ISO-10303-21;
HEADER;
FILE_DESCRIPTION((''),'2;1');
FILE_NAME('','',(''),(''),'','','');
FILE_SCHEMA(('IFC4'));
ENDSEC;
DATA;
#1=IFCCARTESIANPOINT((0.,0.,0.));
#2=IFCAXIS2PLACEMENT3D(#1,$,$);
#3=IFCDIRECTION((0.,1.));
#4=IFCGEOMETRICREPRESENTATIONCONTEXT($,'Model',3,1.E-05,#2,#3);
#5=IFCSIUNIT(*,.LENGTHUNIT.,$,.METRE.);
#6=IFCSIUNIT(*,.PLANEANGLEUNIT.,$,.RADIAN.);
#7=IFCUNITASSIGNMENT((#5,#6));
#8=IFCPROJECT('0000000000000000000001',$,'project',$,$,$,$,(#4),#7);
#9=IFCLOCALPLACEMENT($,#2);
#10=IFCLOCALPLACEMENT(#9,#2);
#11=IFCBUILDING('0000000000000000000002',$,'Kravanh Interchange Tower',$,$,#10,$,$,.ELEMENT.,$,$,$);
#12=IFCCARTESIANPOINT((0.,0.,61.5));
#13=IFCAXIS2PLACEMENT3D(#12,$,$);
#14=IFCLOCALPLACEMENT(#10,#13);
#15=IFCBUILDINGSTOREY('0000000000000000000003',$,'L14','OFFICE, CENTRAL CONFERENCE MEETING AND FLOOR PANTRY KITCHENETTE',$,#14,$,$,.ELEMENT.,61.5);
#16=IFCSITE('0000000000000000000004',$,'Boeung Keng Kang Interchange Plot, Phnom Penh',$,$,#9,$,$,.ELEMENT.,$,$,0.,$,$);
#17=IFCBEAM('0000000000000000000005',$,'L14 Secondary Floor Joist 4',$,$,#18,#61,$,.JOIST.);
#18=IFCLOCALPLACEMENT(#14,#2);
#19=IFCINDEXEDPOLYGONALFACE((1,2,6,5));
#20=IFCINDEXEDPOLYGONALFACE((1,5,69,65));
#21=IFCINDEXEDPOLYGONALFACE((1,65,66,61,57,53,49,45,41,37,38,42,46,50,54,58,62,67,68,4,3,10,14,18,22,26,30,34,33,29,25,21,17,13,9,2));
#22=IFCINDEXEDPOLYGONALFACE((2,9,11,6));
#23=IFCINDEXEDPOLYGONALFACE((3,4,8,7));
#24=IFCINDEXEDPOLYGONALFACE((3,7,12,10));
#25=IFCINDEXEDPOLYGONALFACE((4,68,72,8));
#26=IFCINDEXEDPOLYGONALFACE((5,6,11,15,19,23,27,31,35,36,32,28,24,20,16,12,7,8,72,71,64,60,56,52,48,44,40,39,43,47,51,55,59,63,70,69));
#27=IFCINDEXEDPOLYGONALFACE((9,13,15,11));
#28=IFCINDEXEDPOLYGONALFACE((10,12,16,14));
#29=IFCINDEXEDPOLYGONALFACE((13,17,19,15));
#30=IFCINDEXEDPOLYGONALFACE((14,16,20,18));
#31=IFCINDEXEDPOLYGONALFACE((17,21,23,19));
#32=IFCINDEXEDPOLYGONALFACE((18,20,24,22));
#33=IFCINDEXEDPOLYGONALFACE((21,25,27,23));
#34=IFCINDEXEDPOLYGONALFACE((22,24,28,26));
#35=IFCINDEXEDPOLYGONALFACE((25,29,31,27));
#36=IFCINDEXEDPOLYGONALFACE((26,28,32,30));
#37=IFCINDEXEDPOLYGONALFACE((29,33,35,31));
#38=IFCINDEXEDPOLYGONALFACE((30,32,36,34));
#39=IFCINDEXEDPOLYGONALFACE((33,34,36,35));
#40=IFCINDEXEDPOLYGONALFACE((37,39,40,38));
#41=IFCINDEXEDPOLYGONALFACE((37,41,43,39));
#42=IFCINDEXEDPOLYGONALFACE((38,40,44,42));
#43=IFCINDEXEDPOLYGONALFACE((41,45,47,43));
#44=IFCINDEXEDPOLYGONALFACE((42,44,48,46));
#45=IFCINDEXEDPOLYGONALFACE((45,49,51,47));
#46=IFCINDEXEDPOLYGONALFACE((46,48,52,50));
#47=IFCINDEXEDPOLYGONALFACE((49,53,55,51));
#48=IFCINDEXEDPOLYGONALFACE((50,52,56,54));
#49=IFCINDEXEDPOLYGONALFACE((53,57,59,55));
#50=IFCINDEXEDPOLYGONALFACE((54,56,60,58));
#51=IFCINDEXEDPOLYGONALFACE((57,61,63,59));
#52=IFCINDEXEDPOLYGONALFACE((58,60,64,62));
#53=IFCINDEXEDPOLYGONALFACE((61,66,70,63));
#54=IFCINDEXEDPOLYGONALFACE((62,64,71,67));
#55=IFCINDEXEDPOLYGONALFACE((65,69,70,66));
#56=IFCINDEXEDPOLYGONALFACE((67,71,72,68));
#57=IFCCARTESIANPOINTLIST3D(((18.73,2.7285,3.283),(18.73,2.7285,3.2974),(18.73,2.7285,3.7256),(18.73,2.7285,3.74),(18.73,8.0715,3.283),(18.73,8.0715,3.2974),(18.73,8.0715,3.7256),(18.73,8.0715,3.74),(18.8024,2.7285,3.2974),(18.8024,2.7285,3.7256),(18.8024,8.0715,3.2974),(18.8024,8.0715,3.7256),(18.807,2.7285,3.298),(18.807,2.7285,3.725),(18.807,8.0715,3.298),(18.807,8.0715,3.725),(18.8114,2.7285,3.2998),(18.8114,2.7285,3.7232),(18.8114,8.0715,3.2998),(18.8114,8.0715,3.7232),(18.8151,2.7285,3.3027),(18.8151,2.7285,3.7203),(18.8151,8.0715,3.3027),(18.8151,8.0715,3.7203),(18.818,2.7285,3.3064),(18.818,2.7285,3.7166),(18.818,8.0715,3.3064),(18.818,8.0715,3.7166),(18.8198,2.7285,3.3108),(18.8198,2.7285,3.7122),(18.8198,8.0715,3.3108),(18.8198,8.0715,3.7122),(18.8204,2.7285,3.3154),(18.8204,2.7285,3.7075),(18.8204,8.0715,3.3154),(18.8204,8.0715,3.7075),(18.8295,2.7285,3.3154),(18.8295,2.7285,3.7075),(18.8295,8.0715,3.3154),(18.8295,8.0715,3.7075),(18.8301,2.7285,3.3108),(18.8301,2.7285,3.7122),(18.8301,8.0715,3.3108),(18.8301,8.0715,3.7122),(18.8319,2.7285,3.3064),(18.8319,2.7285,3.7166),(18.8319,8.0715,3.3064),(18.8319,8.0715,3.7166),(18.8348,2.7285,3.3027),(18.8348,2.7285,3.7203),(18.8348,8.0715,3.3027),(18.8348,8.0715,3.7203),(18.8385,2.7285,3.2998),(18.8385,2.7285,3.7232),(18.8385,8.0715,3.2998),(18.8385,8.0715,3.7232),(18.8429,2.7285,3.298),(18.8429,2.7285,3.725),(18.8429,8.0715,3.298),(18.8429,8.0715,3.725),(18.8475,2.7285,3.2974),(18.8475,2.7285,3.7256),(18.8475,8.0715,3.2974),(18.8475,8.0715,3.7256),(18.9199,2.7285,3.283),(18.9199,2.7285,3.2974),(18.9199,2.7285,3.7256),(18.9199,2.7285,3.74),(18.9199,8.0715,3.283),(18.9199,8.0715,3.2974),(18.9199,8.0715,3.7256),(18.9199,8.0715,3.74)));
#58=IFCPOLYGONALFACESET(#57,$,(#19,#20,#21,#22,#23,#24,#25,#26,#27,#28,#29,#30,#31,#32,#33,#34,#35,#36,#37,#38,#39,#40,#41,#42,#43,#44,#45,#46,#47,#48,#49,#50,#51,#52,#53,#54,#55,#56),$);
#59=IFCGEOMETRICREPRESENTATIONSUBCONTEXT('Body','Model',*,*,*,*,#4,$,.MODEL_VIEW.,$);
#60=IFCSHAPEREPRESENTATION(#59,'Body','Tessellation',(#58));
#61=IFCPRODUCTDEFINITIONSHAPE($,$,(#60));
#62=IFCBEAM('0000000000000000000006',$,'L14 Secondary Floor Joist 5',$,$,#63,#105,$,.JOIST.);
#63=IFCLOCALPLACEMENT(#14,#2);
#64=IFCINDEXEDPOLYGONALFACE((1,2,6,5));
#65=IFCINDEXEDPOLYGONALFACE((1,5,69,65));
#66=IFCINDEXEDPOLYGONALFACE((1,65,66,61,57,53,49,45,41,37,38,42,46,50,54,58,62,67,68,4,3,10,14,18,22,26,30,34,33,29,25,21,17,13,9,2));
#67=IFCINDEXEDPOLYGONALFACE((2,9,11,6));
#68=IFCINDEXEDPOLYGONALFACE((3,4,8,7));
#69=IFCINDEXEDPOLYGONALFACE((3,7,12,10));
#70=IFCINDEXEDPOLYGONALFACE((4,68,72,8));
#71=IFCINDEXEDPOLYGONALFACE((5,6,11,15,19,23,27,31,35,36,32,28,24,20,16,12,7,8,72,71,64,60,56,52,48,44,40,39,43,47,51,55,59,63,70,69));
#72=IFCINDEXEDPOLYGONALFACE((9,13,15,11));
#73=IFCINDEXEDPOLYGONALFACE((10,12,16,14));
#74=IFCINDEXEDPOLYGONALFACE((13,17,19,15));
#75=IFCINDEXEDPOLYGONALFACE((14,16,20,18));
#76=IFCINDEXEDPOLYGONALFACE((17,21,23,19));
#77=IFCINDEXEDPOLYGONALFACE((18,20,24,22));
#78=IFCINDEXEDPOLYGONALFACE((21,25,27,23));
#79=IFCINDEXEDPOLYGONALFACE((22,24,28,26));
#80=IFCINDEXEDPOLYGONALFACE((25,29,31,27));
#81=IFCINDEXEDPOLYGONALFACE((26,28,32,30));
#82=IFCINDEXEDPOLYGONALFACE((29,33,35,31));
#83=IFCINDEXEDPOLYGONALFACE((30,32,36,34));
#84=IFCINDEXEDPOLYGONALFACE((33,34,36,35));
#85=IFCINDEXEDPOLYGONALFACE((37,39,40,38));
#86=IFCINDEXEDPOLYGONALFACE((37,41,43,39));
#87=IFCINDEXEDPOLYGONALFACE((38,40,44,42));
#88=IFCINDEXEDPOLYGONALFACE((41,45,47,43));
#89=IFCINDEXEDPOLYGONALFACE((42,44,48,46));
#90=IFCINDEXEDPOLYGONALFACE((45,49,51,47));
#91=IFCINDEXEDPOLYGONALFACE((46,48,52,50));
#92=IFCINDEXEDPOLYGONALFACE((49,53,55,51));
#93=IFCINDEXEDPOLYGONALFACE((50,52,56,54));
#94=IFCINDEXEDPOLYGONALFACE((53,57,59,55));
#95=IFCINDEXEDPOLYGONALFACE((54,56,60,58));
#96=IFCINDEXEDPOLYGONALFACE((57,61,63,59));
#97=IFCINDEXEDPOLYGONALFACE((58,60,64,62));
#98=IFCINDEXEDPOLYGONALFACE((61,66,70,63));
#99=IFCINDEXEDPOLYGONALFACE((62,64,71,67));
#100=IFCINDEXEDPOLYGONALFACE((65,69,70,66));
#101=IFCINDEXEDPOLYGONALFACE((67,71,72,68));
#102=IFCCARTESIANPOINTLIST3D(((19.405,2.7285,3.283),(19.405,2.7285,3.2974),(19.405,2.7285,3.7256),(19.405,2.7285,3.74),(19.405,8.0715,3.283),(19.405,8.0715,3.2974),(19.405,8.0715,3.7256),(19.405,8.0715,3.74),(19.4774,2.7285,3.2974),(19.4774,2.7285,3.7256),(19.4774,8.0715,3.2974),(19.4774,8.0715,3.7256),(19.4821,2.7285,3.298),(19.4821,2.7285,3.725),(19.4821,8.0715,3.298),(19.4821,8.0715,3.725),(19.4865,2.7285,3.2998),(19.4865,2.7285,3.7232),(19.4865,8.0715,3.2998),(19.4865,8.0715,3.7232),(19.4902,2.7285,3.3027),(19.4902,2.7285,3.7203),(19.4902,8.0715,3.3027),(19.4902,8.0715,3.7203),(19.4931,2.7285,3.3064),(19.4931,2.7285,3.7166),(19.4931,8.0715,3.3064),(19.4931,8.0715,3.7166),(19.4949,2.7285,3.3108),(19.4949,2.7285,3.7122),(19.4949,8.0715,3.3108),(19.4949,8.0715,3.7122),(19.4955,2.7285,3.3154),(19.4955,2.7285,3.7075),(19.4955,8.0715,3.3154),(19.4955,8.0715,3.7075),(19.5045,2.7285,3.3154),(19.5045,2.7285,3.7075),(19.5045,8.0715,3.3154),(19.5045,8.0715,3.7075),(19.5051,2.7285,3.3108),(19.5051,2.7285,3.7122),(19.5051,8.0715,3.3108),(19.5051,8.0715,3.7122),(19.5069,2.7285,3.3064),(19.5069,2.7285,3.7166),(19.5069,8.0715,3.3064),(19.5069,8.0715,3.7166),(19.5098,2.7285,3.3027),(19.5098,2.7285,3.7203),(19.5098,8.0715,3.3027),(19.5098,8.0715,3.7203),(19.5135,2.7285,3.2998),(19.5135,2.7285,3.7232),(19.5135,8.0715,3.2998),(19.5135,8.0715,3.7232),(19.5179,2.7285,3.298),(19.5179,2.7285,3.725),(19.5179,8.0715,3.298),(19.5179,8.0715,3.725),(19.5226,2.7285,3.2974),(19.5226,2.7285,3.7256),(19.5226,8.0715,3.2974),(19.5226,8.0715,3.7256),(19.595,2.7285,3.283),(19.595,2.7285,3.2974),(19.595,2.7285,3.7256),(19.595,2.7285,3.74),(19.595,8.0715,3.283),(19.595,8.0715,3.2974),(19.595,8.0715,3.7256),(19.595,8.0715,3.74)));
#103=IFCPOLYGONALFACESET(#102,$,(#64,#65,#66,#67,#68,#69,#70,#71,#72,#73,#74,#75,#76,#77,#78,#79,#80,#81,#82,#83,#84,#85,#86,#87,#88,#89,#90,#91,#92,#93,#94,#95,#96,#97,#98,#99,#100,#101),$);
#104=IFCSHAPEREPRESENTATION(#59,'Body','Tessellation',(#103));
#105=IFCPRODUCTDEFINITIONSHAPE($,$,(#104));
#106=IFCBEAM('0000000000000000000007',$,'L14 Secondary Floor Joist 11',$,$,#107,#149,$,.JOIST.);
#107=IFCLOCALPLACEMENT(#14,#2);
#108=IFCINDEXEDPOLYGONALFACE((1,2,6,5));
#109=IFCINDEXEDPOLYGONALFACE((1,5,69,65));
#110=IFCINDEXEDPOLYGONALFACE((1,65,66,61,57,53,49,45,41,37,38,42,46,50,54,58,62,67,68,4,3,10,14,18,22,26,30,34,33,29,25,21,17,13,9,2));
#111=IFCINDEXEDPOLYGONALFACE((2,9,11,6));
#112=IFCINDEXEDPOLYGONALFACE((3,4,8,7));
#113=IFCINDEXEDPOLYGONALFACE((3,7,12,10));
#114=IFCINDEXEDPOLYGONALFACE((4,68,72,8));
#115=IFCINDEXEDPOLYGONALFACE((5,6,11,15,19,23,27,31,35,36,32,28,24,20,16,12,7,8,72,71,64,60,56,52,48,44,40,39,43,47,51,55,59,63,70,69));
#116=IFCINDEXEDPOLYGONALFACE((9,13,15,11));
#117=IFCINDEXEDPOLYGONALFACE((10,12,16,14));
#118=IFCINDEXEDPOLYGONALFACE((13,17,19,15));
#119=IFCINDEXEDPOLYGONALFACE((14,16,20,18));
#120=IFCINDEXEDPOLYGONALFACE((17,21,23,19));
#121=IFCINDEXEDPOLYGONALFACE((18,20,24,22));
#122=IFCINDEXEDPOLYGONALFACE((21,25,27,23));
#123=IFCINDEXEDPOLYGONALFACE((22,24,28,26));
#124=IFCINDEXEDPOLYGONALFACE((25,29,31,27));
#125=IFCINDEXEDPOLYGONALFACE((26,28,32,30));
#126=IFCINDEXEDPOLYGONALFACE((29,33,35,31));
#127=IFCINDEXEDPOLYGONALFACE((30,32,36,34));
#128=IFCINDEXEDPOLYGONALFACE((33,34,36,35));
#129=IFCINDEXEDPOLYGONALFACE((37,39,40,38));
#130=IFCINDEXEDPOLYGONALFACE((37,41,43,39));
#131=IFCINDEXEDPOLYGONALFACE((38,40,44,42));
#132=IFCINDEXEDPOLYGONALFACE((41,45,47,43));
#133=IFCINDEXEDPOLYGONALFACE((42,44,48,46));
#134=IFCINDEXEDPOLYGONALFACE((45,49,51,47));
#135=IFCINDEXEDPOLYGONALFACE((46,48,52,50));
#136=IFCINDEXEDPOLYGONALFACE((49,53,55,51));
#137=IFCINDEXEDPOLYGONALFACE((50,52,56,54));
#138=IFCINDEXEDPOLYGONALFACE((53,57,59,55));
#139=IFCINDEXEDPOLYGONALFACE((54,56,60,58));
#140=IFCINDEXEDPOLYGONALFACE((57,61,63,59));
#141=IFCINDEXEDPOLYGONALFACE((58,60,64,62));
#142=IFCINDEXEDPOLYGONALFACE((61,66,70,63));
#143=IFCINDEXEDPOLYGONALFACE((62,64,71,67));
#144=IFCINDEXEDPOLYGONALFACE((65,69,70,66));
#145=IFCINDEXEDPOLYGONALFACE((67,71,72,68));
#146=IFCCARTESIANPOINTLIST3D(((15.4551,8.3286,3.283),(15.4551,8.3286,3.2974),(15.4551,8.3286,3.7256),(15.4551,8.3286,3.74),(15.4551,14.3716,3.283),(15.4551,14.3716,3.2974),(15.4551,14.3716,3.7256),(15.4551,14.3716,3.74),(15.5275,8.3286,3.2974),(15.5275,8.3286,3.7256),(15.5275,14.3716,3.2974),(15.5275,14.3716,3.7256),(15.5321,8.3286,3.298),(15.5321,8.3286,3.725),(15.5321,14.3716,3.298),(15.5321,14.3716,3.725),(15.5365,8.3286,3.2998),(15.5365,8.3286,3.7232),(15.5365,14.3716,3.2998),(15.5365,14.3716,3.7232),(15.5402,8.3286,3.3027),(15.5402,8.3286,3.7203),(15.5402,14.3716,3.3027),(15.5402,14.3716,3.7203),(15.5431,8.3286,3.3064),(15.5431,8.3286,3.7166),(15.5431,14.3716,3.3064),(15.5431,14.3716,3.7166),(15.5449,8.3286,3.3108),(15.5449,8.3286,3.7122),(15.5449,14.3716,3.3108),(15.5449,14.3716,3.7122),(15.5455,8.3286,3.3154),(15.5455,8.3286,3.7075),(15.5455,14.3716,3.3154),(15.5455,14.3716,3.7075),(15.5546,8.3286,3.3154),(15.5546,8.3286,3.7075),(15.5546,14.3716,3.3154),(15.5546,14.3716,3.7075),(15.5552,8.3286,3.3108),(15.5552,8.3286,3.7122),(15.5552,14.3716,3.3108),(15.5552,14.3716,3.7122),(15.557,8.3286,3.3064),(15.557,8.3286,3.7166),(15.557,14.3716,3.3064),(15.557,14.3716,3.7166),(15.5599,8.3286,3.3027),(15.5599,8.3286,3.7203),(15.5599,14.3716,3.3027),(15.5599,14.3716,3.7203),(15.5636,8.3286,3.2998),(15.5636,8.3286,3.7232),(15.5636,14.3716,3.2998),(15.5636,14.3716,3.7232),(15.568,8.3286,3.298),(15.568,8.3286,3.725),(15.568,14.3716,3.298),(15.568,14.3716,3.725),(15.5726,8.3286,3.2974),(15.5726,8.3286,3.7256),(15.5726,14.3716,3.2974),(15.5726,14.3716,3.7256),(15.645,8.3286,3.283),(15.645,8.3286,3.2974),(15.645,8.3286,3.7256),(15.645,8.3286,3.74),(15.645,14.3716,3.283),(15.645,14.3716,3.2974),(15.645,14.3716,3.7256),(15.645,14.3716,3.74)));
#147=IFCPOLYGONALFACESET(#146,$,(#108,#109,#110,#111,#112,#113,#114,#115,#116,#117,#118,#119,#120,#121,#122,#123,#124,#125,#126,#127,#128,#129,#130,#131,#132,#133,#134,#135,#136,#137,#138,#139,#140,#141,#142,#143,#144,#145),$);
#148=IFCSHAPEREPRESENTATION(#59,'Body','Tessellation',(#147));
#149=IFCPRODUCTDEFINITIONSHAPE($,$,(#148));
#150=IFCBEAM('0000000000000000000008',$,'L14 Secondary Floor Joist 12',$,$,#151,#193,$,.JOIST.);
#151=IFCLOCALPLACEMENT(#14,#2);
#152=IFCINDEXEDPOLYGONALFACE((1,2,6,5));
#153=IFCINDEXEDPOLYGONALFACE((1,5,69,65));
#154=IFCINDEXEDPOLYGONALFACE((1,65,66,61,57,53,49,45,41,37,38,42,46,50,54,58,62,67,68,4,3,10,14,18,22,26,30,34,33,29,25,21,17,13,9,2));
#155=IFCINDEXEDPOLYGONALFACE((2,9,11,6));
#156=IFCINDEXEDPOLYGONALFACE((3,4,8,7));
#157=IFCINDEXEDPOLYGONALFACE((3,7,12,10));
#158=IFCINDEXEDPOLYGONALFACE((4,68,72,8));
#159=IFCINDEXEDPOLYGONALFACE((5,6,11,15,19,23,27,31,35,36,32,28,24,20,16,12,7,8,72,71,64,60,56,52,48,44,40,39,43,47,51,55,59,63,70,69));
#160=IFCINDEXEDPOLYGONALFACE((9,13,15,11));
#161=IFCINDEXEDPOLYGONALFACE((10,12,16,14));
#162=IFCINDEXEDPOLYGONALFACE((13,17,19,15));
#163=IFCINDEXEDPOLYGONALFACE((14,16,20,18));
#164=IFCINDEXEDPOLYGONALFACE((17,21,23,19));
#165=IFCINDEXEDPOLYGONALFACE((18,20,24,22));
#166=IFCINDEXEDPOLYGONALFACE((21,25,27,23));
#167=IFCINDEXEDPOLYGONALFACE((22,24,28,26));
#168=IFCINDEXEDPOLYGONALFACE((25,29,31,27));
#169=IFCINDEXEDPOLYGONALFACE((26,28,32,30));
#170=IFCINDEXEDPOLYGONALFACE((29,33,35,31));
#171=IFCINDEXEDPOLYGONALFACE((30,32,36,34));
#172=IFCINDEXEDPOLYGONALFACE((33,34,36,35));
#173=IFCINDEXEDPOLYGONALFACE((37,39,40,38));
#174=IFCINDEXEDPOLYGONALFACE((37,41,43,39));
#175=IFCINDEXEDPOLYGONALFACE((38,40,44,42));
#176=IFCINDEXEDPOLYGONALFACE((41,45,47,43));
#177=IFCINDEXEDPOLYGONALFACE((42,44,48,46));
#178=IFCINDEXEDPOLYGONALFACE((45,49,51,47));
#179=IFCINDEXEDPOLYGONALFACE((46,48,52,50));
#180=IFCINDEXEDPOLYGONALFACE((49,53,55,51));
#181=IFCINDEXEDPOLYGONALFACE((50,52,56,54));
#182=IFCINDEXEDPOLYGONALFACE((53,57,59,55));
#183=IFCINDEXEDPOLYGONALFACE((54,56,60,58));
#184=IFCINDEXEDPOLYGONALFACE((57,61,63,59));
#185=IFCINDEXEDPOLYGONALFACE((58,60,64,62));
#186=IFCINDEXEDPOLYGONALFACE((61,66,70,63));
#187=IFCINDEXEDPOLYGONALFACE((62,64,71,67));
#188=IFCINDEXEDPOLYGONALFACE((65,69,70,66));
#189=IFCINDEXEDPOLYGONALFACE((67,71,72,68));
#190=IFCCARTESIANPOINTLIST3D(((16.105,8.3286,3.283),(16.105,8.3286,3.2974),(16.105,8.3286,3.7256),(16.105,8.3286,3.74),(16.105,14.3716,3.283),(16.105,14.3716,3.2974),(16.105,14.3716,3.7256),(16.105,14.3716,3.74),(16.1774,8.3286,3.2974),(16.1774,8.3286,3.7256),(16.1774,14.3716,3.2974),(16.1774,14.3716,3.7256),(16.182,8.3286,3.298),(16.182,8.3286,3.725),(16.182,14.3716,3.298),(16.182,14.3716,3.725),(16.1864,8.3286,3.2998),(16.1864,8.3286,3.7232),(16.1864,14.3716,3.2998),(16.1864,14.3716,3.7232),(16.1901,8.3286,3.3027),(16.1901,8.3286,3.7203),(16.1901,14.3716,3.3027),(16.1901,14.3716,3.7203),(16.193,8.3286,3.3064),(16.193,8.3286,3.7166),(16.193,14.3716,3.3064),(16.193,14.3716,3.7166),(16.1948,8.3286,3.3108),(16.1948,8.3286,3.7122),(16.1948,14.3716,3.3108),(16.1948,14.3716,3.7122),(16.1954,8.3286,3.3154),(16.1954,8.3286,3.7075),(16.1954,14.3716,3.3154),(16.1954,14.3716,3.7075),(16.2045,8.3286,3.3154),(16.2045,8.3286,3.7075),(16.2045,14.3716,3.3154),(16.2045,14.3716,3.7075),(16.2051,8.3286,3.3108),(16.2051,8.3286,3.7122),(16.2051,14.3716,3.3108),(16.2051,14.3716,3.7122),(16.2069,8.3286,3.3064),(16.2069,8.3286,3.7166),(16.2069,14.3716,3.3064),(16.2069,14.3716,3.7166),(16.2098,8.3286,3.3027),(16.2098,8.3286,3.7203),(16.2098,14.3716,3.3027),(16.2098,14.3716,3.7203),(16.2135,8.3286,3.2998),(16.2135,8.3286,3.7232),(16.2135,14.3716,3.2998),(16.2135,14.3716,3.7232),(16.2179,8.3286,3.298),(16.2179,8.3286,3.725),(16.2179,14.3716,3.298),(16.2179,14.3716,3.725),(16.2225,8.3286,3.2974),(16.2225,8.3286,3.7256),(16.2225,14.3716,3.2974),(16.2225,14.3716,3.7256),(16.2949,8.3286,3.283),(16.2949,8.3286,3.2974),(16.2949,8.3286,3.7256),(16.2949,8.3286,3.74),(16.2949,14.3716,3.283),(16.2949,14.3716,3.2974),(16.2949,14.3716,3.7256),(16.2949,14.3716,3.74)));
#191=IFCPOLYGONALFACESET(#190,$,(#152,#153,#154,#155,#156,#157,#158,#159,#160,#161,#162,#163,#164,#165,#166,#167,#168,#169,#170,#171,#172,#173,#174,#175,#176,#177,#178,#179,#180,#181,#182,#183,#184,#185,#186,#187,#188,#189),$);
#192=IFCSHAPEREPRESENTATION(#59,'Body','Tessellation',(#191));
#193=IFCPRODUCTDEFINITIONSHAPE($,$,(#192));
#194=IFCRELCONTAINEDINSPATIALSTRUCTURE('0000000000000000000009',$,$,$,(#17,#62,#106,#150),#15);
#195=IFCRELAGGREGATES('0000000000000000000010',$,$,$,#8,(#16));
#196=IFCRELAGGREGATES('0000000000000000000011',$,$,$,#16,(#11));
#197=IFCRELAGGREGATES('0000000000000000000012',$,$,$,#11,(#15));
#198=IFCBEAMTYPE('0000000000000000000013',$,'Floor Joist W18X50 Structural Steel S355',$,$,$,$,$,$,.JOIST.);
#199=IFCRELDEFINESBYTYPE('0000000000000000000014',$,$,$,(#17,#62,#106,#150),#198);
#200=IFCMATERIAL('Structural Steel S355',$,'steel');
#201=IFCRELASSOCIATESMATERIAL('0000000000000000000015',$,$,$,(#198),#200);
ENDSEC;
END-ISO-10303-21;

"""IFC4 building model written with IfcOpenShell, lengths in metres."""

from ifc_helpers import new_model, si_unit, direction, frame, origin, origin_2d, place, context, subcontext, project, spatial, i_section, extrude, material, material_profile, profile_set, type_object, element, save


model = new_model("IFC4")

# Units and contexts
model_context = context("Model", 3, precision=1e-05, world=origin(), true_north=direction((0.0, 1.0)))
body_context = subcontext(model_context, "Body", "Model", "MODEL_VIEW")
ifc_project = project(units=[si_unit("LENGTHUNIT", "METRE"), si_unit("PLANEANGLEUNIT", "RADIAN")], contexts=[model_context])

# Site, building, storey
site_placement = place(None, origin())
site = spatial("IfcSite", under=ifc_project, at=site_placement, Name="Boeung Keng Kang Interchange Plot, Phnom Penh", CompositionType="ELEMENT", RefElevation=0.0)
building_placement = place(site_placement, origin())
building = spatial("IfcBuilding", under=site, at=building_placement, Name="Kravanh Interchange Tower", CompositionType="ELEMENT")
storey_placement = place(building_placement, frame((0.0, 0.0, 61.5)))
storey = spatial("IfcBuildingStorey", under=building, at=storey_placement, Name="L14", Description="OFFICE, CENTRAL CONFERENCE MEETING AND FLOOR PANTRY KITCHENETTE", CompositionType="ELEMENT", Elevation=61.5)

# Beams
ifc_material_1 = material(Name="Structural Steel S355", Category="steel")
ifc_material_profile_1 = material_profile(ifc_material_1, i_section(OverallWidth=0.1899, OverallDepth=0.457, WebThickness=0.009, FlangeThickness=0.0144, FilletRadius=0.0181, at=origin_2d()), Name="W18X50")
ifc_profile_set_1 = profile_set([ifc_material_profile_1], Name="Structural Steel S355")
beam_type_1 = type_object("IfcBeamType", Name="Floor Joist W18X50 Structural Steel S355", PredefinedType="JOIST", material=ifc_profile_set_1)
for number, where, z_axis, x_axis, name in (
    (1, (18.825, 2.7285, 3.5115), (0.0, 1.0, 0.0), (-1.0, 0.0, 0.0), "L14 Secondary Floor Joist 4"),
    (2, (19.5, 2.7285, 3.5115), (0.0, 1.0, 0.0), (-1.0, 0.0, 0.0), "L14 Secondary Floor Joist 5"),
):
    element("IfcBeam", number, at=place(storey_placement, frame(where, z_axis=z_axis, x_axis=x_axis)), inside=storey, type_object=beam_type_1, Name=name, PredefinedType="JOIST", context=body_context, shape_type="SweptSolid", body=[
        extrude(i_section(OverallWidth=0.1899, OverallDepth=0.457, WebThickness=0.009, FlangeThickness=0.0144, FilletRadius=0.0181, at=origin_2d()), origin(), (0.0, 0.0, 1.0), 5.343),
    ])
for number, where, z_axis, x_axis, name in (
    (3, (15.55, 8.3286, 3.5115), (0.0, 1.0, 0.0), (-1.0, 0.0, 0.0), "L14 Secondary Floor Joist 11"),
    (4, (16.2, 8.3286, 3.5115), (0.0, 1.0, 0.0), (-1.0, 0.0, 0.0), "L14 Secondary Floor Joist 12"),
):
    element("IfcBeam", number, at=place(storey_placement, frame(where, z_axis=z_axis, x_axis=x_axis)), inside=storey, type_object=beam_type_1, Name=name, PredefinedType="JOIST", context=body_context, shape_type="SweptSolid", body=[
        extrude(i_section(OverallWidth=0.1899, OverallDepth=0.457, WebThickness=0.009, FlangeThickness=0.0144, FilletRadius=0.0181, at=origin_2d()), origin(), (0.0, 0.0, 1.0), 6.043),
    ])

save(model, "model.ifc")
